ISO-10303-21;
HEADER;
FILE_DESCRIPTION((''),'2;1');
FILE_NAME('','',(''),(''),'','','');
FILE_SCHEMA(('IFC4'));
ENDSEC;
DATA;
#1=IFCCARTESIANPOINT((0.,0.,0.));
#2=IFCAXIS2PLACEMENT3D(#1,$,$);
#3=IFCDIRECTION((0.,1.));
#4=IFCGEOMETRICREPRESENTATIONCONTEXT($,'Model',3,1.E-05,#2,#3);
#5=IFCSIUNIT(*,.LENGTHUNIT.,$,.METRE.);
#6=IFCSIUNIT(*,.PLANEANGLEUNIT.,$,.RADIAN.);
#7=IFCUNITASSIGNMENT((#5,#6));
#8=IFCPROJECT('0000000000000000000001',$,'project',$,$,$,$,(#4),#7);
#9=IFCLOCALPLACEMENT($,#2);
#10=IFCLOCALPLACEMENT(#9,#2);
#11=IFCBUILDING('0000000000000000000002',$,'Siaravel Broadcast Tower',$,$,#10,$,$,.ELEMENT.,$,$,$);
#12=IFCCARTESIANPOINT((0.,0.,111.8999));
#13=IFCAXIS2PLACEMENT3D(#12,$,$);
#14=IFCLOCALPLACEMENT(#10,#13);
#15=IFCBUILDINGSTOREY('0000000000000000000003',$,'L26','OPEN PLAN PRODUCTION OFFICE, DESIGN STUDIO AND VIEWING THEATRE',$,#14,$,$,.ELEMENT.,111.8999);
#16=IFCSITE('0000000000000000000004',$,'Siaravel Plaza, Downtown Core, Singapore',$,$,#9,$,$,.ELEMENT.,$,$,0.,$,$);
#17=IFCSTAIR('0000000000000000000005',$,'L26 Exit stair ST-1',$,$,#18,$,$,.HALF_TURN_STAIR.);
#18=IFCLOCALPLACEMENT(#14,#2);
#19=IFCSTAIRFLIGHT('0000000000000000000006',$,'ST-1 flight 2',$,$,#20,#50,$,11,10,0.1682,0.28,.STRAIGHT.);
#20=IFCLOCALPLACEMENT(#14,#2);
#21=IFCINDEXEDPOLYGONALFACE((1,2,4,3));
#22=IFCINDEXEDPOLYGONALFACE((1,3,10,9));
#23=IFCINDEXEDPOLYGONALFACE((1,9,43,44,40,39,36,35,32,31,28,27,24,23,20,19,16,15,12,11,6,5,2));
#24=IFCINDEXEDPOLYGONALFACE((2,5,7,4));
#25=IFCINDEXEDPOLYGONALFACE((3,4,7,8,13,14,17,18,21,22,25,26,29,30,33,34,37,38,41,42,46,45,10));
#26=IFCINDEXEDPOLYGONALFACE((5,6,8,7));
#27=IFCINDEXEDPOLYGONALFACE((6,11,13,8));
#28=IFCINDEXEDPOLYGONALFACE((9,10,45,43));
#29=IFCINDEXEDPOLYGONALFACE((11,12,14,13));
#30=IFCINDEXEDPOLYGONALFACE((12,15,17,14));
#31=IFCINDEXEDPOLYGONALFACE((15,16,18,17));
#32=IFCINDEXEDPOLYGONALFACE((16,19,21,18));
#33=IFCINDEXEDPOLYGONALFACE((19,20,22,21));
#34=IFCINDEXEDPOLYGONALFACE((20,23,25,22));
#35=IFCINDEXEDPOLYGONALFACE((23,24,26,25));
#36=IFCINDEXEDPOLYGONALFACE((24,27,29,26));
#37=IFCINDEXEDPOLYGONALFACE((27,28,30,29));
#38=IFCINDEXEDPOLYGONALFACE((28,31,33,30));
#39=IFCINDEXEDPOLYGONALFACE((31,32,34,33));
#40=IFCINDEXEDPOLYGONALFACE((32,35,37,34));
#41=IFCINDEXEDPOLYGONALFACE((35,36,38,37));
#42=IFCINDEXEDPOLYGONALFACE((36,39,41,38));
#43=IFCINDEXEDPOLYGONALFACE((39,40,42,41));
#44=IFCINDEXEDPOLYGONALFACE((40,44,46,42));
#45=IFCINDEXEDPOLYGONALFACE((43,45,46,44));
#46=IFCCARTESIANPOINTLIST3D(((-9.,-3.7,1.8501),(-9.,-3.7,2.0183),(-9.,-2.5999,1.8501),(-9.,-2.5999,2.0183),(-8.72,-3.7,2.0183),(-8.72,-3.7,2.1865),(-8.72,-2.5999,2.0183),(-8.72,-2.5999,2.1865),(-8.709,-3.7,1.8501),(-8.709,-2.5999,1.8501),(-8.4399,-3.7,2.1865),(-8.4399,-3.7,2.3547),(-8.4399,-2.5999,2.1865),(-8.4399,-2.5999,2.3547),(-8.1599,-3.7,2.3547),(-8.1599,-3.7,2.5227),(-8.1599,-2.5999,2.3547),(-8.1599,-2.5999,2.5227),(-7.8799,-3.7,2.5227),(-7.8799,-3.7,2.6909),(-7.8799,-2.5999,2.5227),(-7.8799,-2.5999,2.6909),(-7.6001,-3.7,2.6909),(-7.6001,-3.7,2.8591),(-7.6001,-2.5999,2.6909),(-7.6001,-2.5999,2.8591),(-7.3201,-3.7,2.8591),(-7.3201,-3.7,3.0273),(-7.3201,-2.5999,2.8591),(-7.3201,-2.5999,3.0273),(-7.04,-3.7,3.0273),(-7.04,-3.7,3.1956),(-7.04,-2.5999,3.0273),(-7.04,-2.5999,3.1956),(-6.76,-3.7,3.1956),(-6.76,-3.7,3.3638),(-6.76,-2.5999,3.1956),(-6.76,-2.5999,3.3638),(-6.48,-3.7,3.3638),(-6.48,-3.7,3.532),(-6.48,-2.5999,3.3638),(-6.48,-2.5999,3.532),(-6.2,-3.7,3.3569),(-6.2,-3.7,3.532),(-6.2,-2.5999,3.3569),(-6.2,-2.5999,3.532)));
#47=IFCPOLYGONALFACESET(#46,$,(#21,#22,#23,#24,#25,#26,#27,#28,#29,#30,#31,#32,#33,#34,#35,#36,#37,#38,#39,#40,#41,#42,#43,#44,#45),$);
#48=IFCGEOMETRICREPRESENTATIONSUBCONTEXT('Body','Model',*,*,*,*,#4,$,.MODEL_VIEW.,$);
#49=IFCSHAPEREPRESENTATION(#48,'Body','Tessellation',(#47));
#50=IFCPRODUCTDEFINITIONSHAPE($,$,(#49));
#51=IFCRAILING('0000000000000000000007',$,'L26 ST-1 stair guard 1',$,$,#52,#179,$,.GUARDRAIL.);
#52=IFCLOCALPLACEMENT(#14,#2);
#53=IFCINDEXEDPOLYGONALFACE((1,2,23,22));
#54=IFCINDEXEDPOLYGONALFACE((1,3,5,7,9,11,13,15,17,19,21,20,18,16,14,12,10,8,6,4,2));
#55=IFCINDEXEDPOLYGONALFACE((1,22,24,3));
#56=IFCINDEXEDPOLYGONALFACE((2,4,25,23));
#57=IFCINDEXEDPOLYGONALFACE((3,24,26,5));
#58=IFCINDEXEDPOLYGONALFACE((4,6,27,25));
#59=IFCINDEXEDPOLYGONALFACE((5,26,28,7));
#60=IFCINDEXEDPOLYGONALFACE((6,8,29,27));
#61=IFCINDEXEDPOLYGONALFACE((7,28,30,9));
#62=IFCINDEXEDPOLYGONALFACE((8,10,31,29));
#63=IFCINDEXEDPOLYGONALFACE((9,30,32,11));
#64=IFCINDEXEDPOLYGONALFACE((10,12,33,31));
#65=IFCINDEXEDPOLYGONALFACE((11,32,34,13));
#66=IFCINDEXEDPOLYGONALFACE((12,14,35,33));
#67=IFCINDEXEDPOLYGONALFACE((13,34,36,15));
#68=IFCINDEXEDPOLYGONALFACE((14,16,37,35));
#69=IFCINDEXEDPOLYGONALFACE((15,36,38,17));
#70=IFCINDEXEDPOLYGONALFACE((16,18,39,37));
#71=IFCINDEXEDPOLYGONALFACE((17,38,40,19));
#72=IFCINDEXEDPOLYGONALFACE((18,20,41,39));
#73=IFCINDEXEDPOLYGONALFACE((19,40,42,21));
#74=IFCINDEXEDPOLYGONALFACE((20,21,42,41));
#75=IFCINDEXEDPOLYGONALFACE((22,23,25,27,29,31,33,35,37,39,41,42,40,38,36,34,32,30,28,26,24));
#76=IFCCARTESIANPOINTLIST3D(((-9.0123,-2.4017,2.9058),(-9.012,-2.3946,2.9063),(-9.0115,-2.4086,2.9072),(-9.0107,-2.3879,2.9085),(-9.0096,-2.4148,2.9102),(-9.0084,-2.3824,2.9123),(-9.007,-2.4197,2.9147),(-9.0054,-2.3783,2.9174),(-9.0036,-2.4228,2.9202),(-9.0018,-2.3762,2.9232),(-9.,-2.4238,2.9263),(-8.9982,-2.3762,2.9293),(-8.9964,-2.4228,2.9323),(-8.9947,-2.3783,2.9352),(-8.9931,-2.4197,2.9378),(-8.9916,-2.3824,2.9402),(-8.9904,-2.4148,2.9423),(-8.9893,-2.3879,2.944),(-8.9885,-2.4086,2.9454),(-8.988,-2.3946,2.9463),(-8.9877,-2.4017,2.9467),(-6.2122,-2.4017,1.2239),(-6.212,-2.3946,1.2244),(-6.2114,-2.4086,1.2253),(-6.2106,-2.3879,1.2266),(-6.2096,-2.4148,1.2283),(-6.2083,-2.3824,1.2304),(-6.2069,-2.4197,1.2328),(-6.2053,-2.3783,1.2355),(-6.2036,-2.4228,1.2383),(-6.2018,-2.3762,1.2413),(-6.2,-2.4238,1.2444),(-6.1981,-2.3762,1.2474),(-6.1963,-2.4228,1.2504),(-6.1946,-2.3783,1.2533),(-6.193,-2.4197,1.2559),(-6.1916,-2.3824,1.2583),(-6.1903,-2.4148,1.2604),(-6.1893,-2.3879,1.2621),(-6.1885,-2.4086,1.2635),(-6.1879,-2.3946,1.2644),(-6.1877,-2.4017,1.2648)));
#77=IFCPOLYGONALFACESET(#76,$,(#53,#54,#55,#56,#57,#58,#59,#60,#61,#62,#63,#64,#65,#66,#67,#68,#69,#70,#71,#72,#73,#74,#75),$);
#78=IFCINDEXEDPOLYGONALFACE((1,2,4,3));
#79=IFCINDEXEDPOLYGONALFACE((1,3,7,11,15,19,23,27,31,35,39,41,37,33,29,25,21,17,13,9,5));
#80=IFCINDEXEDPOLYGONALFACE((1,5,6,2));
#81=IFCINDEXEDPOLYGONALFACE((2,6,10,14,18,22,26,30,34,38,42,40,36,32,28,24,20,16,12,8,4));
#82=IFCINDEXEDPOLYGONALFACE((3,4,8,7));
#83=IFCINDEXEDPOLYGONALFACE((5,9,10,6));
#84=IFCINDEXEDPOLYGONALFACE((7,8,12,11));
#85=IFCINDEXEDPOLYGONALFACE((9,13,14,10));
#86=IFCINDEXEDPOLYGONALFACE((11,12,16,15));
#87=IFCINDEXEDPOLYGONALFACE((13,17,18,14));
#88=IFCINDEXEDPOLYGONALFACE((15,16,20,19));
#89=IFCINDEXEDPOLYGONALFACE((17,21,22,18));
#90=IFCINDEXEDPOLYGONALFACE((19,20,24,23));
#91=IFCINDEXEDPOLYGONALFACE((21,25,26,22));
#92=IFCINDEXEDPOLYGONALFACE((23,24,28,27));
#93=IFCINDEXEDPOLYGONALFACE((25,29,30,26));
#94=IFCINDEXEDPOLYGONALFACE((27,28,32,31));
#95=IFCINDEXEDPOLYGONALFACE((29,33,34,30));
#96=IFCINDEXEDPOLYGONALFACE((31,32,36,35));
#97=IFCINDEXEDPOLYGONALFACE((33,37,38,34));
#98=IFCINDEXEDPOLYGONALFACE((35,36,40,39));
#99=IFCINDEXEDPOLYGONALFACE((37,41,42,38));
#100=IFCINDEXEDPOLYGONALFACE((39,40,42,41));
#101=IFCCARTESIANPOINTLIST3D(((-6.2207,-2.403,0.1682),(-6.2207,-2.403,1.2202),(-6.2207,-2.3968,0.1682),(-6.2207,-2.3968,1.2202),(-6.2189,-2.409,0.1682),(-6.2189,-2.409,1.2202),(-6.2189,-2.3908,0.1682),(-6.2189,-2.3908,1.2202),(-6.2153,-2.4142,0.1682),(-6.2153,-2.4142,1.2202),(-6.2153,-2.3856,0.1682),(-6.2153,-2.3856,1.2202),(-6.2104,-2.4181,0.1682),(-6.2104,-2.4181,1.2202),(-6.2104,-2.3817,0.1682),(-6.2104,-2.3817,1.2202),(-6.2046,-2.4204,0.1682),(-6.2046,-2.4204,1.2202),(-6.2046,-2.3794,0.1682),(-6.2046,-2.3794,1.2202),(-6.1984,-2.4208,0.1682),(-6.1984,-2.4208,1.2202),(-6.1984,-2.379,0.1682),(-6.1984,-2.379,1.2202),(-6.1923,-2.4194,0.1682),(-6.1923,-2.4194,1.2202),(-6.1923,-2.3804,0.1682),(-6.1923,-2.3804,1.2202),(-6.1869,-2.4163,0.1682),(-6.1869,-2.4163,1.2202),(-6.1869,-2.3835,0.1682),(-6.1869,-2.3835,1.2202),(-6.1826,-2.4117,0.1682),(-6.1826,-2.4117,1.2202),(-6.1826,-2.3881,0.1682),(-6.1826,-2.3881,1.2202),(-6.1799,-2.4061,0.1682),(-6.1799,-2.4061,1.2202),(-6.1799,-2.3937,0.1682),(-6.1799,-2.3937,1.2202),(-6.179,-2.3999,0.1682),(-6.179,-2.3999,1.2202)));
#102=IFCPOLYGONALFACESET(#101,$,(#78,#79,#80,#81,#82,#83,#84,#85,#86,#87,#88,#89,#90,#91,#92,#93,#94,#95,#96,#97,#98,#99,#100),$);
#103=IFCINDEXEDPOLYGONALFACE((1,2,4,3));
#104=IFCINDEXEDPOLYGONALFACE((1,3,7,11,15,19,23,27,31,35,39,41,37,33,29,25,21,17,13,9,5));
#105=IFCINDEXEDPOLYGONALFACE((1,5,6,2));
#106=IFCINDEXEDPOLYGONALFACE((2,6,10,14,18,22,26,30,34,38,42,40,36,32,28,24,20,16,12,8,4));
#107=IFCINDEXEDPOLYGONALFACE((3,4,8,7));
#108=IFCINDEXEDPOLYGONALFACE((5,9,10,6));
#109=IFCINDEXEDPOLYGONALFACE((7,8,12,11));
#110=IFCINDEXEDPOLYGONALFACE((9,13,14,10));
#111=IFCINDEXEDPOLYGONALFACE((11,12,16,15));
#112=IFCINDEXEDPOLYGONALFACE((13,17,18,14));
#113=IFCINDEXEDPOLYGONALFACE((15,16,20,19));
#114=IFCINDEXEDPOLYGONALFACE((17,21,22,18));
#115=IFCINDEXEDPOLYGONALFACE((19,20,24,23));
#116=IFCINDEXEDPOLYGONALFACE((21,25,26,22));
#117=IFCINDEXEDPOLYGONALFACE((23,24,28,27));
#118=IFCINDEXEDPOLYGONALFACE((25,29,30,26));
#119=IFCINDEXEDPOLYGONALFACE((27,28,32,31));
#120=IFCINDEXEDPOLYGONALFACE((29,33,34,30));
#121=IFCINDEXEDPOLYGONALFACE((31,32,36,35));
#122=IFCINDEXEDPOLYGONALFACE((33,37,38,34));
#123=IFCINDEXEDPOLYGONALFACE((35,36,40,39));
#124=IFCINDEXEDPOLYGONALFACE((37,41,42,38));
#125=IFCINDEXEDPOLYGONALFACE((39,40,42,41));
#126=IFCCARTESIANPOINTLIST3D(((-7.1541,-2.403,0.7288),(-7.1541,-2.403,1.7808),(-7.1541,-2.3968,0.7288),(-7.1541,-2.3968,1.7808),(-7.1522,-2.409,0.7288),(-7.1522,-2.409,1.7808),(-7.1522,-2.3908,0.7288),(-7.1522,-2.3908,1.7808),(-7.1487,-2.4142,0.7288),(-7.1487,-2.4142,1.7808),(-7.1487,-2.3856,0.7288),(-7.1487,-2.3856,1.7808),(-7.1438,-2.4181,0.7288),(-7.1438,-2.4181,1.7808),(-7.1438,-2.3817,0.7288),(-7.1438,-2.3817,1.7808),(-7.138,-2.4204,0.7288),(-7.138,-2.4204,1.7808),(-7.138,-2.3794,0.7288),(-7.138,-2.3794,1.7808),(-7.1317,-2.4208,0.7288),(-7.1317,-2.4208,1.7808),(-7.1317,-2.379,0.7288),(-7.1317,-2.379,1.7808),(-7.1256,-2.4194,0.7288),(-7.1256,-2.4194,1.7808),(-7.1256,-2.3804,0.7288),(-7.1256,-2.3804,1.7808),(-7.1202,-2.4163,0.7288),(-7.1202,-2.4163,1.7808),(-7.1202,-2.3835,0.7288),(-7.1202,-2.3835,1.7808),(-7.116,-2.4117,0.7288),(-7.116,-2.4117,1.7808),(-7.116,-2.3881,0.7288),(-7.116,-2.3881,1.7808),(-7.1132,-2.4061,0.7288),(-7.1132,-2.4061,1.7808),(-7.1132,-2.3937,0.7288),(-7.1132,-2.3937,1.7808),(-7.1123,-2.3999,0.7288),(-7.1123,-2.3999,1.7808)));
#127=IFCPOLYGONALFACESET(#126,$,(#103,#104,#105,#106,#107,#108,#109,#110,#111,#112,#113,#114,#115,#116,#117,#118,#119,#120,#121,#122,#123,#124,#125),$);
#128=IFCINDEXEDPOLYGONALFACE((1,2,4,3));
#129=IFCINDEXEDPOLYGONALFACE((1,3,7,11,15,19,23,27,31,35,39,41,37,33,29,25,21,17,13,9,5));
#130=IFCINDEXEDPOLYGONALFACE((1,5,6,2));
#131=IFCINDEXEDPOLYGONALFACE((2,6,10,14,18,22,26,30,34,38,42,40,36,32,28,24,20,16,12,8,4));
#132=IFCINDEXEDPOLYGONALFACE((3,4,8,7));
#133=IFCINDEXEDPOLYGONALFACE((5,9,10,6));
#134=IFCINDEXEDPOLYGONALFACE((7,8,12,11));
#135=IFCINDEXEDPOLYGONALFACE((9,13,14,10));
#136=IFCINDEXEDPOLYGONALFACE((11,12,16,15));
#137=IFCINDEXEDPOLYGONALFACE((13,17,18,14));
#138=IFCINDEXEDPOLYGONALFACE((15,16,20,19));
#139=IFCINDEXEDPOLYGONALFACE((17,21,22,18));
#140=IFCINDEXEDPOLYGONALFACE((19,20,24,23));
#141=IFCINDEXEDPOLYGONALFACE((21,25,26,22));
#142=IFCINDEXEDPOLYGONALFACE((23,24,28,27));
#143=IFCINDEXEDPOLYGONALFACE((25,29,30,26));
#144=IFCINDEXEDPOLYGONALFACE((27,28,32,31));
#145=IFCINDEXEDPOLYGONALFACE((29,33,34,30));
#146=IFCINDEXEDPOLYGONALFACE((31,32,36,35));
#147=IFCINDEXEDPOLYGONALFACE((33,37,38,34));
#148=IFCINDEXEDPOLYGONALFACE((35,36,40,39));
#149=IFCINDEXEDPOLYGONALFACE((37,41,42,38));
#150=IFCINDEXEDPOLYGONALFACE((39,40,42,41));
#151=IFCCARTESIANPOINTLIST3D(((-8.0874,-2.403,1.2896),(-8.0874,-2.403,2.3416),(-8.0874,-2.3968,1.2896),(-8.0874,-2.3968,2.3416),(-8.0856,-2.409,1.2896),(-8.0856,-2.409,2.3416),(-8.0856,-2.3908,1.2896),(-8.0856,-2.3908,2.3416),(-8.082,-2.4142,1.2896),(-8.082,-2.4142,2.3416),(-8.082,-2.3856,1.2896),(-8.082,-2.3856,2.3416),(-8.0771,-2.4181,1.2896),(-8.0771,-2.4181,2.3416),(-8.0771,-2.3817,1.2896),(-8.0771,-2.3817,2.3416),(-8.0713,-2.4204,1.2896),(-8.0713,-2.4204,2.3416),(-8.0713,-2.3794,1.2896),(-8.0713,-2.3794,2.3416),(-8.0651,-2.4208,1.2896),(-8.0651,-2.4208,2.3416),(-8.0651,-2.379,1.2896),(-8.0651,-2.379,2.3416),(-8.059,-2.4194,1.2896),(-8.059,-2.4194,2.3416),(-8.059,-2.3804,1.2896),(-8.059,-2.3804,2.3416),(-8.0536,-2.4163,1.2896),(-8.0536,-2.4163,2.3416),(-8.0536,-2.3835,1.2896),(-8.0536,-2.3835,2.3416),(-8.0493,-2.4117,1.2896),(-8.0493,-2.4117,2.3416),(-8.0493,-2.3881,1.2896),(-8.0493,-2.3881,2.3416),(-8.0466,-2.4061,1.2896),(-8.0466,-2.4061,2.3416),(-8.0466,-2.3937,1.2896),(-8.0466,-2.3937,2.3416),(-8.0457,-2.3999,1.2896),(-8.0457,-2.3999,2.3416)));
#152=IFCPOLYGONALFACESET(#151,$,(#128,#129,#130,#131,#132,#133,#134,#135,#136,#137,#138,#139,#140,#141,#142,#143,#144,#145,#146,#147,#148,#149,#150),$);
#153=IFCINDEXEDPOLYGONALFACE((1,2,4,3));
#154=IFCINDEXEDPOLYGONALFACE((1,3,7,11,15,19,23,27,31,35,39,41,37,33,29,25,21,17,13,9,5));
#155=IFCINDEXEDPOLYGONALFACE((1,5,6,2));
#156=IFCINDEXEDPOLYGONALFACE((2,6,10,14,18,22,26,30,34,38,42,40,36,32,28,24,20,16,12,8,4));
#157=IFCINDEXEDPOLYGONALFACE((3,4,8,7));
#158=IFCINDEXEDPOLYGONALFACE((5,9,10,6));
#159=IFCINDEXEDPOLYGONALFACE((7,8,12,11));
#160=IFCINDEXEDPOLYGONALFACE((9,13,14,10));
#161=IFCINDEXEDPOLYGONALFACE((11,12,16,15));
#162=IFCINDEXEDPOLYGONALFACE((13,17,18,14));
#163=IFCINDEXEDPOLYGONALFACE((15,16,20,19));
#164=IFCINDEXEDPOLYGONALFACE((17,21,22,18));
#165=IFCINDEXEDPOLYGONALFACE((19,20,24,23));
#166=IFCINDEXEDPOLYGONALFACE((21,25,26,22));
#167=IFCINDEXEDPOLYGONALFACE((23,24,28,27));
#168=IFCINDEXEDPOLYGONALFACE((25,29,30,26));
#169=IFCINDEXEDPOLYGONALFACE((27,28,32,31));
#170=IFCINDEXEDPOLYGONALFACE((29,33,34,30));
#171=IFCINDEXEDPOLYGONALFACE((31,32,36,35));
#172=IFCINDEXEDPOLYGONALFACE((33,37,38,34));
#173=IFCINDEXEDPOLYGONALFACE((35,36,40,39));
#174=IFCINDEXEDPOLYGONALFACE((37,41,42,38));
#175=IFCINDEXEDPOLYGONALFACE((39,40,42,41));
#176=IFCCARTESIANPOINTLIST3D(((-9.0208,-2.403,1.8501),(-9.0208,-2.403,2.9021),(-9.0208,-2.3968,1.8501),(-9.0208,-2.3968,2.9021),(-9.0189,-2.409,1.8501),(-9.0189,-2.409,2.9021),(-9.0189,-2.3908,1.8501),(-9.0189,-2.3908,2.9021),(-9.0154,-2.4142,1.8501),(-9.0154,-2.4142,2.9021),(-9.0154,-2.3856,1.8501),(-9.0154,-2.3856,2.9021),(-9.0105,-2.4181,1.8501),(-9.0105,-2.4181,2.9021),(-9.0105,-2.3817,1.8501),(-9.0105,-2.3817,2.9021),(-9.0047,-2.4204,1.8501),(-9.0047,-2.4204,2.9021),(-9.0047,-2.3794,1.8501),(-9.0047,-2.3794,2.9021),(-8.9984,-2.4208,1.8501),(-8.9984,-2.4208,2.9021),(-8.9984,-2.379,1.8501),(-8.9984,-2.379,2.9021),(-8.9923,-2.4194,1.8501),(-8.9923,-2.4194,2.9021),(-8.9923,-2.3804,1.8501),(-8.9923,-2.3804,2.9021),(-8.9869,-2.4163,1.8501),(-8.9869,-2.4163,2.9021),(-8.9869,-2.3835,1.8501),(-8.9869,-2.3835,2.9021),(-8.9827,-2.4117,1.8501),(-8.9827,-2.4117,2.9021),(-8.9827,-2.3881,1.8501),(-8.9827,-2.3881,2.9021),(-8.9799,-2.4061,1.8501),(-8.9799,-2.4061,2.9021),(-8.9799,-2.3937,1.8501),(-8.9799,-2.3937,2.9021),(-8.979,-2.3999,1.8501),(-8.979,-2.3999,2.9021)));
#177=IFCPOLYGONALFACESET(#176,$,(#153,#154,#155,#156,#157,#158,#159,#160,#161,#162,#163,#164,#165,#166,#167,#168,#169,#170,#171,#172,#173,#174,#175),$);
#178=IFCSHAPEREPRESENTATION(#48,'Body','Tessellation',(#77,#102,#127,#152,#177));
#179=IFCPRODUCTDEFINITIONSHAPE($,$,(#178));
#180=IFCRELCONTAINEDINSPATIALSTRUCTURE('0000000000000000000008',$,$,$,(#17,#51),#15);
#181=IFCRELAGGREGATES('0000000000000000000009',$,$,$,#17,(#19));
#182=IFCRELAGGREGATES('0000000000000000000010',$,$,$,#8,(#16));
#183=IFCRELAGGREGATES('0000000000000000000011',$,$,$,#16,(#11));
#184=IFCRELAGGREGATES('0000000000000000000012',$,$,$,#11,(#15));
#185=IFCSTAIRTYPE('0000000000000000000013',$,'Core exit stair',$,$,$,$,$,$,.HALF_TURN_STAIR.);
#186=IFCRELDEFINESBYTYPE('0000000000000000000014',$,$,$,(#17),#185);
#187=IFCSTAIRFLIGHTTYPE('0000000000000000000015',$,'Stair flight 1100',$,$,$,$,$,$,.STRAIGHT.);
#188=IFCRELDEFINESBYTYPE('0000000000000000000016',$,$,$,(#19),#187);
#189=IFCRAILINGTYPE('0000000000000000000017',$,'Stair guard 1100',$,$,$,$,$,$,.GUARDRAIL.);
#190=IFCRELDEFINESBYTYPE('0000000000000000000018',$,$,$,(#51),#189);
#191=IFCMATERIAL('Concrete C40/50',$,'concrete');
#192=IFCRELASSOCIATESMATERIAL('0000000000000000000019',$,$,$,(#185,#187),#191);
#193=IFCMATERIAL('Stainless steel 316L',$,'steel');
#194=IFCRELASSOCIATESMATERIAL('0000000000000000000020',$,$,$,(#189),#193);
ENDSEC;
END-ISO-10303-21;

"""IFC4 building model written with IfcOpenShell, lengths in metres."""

from ifc_helpers import new_model, si_unit, direction, frame, origin, origin_2d, place, context, subcontext, project, spatial, polyline, circle, outline, extrude, material, type_object, element, aggregate, save


model = new_model("IFC4")

# Units and contexts
model_context = context("Model", 3, precision=1e-05, world=origin(), true_north=direction((0.0, 1.0)))
body_context = subcontext(model_context, "Body", "Model", "MODEL_VIEW")
ifc_project = project(units=[si_unit("LENGTHUNIT", "METRE"), si_unit("PLANEANGLEUNIT", "RADIAN")], contexts=[model_context])

# Site, building, storey
site_placement = place(None, origin())
site = spatial("IfcSite", under=ifc_project, at=site_placement, Name="Siaravel Plaza, Downtown Core, Singapore", CompositionType="ELEMENT", RefElevation=0.0)
building_placement = place(site_placement, origin())
building = spatial("IfcBuilding", under=site, at=building_placement, Name="Siaravel Broadcast Tower", CompositionType="ELEMENT")
storey_placement = place(building_placement, frame((0.0, 0.0, 111.8999)))
storey = spatial("IfcBuildingStorey", under=building, at=storey_placement, Name="L26", Description="OPEN PLAN PRODUCTION OFFICE, DESIGN STUDIO AND VIEWING THEATRE", CompositionType="ELEMENT", Elevation=111.8999)

# Stair, stair flight
ifc_material_1 = material(Name="Concrete C40/50", Category="concrete")
stair_type = type_object("IfcStairType", Name="Core exit stair", PredefinedType="HALF_TURN_STAIR", material=ifc_material_1)
stair_placement = place(storey_placement, origin())
stair = element("IfcStair", 1, at=stair_placement, inside=storey, type_object=stair_type, Name="L26 Exit stair ST-1", PredefinedType="HALF_TURN_STAIR")
stair_flight_type = type_object("IfcStairFlightType", Name="Stair flight 1100", PredefinedType="STRAIGHT", material=ifc_material_1)
stair_flight_1_placement = place(storey_placement, frame((-9.0, -3.1499, 1.8501), z_axis=(0.0, 0.0, 1.0), x_axis=(1.0, 0.0, 0.0)))
stair_flight_1 = element("IfcStairFlight", 2, at=stair_flight_1_placement, type_object=stair_flight_type, Name="ST-1 flight 2", NumberOfRisers=11, NumberOfTreads=10, PredefinedType="STRAIGHT", RiserHeight=0.1682, TreadLength=0.28, context=body_context, shape_type="SweptSolid", body=[
    extrude(outline(polyline([(0.0, 0.0), (0.0, 0.1682), (0.28, 0.1682), (0.28, 0.3364), (0.5601, 0.3364), (0.5601, 0.5046), (0.8401, 0.5046), (0.8401, 0.6726), (1.1201, 0.6726), (1.1201, 0.8408), (1.3999, 0.8408), (1.3999, 1.009), (1.6799, 1.009), (1.6799, 1.1772), (1.96, 1.1772), (1.96, 1.3455), (2.24, 1.3455), (2.24, 1.5137), (2.52, 1.5137), (2.52, 1.6819), (2.8, 1.6819), (2.8, 1.8501), (2.8, 1.5068), (0.291, 0.0), (0.0, 0.0)])), frame((0.0, 0.55, 0.0), z_axis=(0.0, -1.0, 0.0), x_axis=(1.0, 0.0, 0.0)), (0.0, 0.0, 1.0), 1.1001),
])
aggregate(stair, [stair_flight_1])

# Railing
ifc_material_2 = material(Name="Stainless steel 316L", Category="steel")
railing_type_1 = type_object("IfcRailingType", Name="Stair guard 1100", PredefinedType="GUARDRAIL", material=ifc_material_2)
railing_1_placement = place(storey_placement, frame((-6.2, -2.3999, 0.1682)))
element("IfcRailing", 3, at=railing_1_placement, inside=storey, type_object=railing_type_1, Name="L26 ST-1 stair guard 1", PredefinedType="GUARDRAIL", context=body_context, shape_type="SweptSolid", body=[
    extrude(circle(Radius=0.0239, at=origin_2d()), frame((0.0, 0.0, 1.0762), z_axis=(-0.857242, 0.0, 0.514913), x_axis=(0.0, -1.0, 0.0)), (0.0, 0.0, 1.0), 3.2664),
    extrude(circle(Radius=0.021, at=origin_2d()), origin(), (0.0, 0.0, 1.0), 1.052),
    extrude(circle(Radius=0.021, at=origin_2d()), frame((-0.9333, 0.0, 0.5605)), (0.0, 0.0, 1.0), 1.052),
    extrude(circle(Radius=0.021, at=origin_2d()), frame((-1.8667, 0.0, 1.1213)), (0.0, 0.0, 1.0), 1.052),
    extrude(circle(Radius=0.021, at=origin_2d()), frame((-2.8, 0.0, 1.6819)), (0.0, 0.0, 1.0), 1.052),
])

save(model, "model.ifc")
